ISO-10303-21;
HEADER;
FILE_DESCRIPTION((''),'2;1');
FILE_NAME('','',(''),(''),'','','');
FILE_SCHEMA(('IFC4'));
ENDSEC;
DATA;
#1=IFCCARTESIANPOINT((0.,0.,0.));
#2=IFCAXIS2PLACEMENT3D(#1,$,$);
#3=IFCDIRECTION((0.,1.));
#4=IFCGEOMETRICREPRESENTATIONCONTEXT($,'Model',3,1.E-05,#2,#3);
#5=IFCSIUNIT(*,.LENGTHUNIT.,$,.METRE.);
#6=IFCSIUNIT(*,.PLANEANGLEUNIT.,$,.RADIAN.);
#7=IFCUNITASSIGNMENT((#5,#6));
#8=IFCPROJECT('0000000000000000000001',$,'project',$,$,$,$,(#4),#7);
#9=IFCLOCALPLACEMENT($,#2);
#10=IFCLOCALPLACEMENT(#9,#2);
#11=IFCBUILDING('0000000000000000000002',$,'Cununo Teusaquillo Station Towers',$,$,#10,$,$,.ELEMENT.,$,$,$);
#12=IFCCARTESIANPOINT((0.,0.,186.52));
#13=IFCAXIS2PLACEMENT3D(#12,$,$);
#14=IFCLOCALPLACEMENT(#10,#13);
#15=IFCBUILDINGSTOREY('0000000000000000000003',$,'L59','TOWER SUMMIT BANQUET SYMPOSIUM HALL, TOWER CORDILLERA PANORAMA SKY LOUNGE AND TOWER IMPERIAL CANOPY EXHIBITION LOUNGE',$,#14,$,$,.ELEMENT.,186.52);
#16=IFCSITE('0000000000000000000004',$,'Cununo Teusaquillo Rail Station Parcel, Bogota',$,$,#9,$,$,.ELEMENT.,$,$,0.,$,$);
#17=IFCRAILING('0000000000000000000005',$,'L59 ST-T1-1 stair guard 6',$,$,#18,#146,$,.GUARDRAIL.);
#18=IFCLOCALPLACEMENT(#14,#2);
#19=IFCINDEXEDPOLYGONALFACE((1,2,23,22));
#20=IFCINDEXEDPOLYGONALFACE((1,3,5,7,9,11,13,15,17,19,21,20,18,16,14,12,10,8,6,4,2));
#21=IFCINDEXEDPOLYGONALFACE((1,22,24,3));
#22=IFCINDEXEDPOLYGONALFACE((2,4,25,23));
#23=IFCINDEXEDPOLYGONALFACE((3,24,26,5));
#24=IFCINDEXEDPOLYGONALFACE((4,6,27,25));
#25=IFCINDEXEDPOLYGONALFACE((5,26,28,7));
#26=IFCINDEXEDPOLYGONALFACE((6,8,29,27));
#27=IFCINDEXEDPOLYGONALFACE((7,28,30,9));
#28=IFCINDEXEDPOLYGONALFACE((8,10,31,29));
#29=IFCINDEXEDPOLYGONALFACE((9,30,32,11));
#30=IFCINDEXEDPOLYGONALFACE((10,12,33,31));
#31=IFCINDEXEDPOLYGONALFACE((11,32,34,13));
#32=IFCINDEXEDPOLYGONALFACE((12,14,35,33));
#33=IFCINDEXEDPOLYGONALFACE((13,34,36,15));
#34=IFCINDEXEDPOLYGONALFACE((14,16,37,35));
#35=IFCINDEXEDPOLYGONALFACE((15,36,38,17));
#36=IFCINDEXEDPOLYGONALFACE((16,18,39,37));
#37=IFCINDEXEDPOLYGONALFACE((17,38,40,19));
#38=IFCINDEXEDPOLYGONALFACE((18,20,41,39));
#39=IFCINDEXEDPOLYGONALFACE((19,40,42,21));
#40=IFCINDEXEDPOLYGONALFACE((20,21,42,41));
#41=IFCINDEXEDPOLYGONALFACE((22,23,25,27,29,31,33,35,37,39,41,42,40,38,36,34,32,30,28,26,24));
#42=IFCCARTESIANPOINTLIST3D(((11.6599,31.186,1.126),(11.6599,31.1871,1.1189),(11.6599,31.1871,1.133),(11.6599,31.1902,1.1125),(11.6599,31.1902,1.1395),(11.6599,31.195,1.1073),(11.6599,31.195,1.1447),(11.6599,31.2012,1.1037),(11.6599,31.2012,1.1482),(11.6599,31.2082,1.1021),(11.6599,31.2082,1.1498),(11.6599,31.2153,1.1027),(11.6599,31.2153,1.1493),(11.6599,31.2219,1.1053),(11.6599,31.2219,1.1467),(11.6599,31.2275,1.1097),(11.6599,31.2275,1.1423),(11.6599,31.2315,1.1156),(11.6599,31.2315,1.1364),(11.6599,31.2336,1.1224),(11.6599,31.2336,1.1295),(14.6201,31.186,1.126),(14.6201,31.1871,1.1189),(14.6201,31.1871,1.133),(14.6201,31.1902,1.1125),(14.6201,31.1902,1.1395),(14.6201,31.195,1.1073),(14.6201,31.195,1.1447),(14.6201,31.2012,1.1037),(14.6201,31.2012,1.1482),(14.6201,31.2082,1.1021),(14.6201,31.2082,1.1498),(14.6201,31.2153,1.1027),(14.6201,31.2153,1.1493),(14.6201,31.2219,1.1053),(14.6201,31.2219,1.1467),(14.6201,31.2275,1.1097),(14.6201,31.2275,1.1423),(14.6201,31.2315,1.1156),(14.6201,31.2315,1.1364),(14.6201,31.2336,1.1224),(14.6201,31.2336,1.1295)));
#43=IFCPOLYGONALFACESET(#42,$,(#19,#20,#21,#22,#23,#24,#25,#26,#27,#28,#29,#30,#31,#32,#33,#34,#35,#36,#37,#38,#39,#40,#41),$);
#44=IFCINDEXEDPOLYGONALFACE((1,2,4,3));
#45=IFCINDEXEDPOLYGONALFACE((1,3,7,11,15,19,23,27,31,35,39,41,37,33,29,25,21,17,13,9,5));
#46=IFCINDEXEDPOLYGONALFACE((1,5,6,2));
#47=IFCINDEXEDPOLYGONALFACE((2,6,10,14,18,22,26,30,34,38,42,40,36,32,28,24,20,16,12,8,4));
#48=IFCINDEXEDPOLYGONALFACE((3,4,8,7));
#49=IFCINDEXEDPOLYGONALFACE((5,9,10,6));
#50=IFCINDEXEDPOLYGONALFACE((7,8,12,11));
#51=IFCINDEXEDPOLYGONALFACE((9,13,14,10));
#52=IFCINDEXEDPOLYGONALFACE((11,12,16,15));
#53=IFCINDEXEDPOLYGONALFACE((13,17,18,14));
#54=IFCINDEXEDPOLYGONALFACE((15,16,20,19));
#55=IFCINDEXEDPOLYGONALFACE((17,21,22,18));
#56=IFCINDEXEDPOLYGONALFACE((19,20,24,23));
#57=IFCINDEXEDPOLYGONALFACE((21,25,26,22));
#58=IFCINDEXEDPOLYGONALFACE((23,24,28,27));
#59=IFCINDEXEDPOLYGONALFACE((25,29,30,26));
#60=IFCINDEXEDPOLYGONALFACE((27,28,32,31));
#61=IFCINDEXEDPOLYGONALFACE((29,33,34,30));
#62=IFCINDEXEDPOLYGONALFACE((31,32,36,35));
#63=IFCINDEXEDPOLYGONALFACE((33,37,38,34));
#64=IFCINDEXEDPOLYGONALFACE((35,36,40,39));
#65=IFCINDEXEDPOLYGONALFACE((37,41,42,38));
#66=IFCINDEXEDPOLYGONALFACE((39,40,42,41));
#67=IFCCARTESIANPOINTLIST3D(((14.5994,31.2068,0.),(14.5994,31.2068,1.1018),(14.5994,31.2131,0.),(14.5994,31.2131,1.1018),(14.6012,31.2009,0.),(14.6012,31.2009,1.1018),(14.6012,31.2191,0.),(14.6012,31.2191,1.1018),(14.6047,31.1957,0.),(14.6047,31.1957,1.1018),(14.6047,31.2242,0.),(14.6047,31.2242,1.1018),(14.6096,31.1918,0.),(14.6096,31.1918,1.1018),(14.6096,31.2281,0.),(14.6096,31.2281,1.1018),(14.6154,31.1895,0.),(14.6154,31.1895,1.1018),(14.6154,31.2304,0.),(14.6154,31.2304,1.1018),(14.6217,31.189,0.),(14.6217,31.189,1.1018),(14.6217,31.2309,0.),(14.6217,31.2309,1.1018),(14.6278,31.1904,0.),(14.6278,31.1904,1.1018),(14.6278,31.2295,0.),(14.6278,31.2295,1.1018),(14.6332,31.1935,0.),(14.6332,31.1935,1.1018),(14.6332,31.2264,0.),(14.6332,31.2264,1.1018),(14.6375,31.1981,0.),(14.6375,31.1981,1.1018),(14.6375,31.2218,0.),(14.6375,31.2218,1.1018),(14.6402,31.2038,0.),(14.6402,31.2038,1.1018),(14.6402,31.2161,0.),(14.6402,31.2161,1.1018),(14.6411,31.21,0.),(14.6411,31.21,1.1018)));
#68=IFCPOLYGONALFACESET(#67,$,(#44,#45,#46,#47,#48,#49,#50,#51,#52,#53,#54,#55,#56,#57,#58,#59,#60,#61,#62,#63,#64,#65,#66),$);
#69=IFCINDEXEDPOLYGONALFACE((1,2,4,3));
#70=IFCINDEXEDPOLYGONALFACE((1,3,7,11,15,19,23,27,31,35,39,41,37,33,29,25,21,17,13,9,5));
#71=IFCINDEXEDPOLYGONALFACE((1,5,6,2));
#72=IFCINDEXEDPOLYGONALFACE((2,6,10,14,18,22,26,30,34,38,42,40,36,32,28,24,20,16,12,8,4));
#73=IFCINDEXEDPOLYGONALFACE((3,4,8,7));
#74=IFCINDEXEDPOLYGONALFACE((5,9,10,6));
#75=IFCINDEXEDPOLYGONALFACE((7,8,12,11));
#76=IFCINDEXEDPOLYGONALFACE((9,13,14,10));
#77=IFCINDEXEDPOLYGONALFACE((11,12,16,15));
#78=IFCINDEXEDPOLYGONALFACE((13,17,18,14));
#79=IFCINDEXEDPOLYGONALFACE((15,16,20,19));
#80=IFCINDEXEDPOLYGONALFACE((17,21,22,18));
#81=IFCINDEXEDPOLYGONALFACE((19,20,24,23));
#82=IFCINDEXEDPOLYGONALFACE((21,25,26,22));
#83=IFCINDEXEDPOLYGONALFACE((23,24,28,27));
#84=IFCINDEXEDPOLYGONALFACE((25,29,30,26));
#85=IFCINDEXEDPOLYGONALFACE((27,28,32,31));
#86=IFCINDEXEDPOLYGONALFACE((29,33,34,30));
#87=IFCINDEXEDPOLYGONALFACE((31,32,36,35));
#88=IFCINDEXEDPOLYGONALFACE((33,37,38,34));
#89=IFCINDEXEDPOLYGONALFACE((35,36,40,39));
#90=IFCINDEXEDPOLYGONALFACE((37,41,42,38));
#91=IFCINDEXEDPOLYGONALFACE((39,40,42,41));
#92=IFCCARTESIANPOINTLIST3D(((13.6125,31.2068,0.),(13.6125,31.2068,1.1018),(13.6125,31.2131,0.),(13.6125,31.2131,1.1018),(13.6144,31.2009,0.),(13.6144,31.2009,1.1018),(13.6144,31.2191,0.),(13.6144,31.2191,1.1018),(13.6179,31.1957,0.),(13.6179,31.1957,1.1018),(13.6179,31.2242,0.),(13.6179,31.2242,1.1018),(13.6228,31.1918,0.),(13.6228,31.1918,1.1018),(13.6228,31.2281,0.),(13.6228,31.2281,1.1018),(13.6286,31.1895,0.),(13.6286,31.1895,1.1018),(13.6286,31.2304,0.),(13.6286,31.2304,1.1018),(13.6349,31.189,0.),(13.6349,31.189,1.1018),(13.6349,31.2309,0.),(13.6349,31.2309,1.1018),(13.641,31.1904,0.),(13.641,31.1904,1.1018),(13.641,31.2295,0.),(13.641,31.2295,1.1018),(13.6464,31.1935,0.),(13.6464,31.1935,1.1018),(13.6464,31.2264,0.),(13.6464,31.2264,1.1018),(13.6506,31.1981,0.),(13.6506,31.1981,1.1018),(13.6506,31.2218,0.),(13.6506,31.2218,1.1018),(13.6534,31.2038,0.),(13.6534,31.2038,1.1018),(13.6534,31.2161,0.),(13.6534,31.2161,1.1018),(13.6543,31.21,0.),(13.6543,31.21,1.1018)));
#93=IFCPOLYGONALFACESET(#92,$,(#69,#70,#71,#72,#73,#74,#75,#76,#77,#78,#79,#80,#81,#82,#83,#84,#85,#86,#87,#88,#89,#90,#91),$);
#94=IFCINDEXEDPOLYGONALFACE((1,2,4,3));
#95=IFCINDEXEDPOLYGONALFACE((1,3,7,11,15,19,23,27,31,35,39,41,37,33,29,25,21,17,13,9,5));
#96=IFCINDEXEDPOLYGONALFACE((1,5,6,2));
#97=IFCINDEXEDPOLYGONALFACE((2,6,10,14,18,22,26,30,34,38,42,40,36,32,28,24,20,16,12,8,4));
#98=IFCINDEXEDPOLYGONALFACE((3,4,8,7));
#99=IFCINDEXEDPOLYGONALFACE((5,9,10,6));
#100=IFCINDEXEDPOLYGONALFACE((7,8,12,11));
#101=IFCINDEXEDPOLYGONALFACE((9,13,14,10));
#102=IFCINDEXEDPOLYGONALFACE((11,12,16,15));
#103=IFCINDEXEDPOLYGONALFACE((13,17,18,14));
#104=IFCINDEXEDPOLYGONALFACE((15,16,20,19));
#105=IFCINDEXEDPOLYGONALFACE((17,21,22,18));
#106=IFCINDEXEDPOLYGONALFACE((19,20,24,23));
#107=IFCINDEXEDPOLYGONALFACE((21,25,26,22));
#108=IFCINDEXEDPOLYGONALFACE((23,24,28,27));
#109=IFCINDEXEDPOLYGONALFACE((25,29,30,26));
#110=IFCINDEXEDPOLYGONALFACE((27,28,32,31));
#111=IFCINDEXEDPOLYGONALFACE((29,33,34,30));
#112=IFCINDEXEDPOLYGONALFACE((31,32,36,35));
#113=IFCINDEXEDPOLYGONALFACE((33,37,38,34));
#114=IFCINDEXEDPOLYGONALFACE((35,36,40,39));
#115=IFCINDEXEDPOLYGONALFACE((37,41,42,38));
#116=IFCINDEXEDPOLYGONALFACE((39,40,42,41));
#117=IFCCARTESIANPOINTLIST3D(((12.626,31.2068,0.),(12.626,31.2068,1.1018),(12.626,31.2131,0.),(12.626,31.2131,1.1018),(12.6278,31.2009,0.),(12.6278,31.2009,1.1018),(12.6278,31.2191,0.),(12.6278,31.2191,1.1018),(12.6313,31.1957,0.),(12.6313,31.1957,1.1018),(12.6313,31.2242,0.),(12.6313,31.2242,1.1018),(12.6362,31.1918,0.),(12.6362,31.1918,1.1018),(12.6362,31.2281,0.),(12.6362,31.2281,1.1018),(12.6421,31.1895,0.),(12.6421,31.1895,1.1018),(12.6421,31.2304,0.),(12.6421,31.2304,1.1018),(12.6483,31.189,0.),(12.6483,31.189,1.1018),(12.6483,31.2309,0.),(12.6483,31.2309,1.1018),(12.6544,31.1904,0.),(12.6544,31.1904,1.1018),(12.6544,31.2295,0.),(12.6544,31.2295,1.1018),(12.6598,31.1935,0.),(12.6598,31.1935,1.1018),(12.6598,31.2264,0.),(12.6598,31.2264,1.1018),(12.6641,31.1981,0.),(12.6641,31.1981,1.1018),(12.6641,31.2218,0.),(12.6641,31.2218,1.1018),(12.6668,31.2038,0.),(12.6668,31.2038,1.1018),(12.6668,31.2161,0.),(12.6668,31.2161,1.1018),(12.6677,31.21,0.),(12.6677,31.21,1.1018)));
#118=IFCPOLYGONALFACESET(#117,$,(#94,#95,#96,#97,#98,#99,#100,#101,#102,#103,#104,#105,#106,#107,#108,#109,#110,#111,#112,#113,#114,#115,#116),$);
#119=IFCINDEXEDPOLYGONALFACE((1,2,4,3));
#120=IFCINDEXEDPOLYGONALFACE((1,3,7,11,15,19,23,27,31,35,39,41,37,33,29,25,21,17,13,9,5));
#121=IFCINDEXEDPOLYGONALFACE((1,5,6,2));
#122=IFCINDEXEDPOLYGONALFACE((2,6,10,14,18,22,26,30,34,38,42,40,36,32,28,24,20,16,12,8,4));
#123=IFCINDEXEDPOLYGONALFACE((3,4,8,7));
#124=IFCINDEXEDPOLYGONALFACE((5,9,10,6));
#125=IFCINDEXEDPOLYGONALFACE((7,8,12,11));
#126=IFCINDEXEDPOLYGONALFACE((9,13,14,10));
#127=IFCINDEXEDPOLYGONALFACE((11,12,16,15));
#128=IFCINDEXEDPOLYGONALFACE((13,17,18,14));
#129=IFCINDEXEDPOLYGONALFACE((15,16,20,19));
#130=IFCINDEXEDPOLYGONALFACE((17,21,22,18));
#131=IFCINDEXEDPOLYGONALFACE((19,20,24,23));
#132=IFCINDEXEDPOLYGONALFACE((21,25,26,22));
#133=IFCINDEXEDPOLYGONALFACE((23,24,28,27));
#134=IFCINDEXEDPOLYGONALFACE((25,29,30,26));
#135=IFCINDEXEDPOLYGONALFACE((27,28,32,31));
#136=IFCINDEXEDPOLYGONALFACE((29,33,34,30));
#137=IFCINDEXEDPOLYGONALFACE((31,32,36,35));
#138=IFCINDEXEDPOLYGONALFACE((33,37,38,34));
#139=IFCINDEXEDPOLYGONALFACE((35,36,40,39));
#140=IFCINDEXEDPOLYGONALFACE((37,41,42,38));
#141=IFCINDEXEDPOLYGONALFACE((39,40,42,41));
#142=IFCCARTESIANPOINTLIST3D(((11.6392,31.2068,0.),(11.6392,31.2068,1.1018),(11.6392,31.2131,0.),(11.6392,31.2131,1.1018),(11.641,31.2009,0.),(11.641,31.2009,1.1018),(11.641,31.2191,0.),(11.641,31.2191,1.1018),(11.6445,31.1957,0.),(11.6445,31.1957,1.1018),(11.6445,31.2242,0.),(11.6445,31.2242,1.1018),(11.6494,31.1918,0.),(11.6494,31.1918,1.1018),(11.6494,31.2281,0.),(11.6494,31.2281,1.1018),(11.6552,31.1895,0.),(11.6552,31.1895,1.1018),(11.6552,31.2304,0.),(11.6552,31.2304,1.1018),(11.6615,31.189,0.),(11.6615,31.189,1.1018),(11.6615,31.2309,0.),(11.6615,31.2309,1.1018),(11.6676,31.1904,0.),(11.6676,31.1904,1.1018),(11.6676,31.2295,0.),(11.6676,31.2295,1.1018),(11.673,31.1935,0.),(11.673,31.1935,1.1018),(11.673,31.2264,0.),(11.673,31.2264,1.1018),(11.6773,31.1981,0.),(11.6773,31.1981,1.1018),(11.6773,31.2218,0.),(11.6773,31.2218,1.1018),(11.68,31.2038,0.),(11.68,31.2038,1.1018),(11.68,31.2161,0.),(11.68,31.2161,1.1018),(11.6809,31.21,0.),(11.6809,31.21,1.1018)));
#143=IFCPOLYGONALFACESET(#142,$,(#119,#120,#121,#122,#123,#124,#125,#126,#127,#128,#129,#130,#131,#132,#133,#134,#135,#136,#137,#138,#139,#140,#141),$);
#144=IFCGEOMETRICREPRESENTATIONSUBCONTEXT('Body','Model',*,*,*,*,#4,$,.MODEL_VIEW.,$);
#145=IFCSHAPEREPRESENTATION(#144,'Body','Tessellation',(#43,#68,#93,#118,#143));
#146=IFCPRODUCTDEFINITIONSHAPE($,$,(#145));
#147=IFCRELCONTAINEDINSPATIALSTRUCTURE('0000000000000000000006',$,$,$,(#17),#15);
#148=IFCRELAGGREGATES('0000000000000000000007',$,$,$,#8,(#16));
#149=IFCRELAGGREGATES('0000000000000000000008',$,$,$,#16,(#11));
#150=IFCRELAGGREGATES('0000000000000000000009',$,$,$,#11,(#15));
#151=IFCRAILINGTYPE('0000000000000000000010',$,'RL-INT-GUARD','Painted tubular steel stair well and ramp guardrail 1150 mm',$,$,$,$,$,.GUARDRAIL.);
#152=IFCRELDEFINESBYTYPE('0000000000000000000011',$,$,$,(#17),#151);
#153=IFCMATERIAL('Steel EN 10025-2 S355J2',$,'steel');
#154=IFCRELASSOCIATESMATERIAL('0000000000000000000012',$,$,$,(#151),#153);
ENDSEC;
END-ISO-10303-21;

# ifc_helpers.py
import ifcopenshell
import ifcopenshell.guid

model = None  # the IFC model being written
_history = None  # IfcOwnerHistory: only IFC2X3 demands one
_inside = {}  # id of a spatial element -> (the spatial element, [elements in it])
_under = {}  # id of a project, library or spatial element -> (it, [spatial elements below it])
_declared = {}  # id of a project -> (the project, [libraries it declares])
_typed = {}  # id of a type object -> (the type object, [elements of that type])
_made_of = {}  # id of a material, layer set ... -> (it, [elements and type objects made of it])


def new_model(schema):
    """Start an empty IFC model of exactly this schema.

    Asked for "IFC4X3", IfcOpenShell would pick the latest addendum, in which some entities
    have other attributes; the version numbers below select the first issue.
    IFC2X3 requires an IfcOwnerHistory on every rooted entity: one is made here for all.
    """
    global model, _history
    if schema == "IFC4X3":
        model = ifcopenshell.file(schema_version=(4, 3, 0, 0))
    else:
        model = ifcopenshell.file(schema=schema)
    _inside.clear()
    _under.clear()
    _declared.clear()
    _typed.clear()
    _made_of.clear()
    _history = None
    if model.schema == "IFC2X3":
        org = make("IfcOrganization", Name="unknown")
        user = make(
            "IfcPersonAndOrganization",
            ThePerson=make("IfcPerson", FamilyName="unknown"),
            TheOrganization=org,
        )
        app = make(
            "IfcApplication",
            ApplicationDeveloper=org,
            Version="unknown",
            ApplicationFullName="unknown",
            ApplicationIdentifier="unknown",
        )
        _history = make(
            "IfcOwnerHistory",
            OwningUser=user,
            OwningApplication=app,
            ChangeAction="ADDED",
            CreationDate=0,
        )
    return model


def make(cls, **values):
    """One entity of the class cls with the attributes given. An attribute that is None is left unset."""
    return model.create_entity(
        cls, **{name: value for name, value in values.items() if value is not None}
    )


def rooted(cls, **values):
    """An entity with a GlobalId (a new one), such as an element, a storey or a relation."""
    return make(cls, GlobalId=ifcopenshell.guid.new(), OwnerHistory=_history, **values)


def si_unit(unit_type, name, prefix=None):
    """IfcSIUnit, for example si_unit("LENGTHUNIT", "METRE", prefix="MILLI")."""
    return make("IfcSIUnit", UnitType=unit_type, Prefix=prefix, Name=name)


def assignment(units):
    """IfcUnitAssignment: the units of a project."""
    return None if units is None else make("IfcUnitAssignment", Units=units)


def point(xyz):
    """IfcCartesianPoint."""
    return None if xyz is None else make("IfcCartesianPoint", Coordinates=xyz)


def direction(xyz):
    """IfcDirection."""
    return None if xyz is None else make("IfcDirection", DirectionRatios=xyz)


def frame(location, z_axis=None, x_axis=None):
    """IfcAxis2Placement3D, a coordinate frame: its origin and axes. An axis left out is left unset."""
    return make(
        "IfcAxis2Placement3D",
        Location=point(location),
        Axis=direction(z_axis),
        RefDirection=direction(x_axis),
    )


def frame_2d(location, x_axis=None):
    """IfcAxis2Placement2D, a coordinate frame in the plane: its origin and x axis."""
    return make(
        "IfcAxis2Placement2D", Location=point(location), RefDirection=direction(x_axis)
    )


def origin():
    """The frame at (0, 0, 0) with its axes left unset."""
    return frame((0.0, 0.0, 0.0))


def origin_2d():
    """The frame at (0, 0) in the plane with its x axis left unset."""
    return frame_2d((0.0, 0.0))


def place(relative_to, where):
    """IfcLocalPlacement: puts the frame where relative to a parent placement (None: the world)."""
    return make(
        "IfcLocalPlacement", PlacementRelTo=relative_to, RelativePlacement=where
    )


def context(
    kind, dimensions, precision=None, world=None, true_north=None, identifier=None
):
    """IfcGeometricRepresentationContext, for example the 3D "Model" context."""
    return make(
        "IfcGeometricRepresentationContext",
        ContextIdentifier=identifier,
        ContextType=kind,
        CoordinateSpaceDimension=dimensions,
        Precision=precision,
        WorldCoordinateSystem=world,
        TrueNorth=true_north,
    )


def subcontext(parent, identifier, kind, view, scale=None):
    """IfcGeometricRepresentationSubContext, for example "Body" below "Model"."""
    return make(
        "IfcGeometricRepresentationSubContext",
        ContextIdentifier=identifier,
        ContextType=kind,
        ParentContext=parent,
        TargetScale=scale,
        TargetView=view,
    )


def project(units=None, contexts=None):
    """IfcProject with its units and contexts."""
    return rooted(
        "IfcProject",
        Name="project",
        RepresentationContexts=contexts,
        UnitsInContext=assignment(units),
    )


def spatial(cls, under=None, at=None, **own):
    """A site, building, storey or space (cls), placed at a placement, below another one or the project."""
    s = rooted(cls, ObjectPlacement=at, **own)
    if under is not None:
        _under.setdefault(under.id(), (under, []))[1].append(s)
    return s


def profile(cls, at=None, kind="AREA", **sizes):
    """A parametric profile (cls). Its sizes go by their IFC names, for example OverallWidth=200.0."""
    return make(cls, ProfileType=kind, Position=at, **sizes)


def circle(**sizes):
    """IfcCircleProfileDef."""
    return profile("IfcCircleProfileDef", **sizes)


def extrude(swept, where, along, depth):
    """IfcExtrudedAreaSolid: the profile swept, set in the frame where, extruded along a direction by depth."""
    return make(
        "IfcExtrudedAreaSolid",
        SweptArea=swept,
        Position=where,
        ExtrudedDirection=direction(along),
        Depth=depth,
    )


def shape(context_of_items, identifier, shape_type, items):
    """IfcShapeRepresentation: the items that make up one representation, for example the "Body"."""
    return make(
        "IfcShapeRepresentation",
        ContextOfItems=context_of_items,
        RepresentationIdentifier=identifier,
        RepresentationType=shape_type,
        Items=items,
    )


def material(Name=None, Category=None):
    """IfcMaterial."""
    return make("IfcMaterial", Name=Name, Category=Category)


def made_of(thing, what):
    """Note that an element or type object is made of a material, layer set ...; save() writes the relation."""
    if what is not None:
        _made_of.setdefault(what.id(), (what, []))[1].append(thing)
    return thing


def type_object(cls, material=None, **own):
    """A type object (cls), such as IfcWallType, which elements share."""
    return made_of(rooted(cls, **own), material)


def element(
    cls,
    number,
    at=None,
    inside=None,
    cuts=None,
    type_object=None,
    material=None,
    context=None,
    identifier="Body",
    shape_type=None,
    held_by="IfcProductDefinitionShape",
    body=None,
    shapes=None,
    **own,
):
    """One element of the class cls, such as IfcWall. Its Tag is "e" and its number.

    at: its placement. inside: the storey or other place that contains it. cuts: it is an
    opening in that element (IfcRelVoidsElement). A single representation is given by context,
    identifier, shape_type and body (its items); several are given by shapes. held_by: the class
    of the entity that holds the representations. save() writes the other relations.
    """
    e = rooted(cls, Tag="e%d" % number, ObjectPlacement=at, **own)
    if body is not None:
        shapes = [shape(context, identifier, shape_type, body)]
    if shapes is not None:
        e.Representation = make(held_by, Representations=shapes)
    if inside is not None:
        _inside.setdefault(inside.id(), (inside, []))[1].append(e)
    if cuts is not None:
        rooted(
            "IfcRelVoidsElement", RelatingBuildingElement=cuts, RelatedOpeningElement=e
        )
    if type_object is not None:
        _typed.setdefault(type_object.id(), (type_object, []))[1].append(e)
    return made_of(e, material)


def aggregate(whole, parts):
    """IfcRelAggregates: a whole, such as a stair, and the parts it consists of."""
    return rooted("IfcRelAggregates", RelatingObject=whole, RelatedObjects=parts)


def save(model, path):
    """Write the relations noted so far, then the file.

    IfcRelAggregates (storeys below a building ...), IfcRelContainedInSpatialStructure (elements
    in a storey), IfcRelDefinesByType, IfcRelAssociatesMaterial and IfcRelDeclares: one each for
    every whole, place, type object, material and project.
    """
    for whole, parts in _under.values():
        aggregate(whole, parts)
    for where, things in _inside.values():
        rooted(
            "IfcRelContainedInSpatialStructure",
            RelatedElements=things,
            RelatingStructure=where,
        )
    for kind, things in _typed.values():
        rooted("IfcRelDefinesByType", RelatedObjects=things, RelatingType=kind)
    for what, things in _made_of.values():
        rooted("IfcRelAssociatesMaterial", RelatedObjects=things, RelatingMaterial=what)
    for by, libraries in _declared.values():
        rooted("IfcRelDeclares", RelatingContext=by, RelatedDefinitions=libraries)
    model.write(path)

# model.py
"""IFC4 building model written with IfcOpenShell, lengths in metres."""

from ifc_helpers import new_model, si_unit, direction, frame, origin, origin_2d, place, context, subcontext, project, spatial, circle, extrude, material, type_object, element, save


model = new_model("IFC4")

# Units and contexts
model_context = context("Model", 3, precision=1e-05, world=origin(), true_north=direction((0.0, 1.0)))
body_context = subcontext(model_context, "Body", "Model", "MODEL_VIEW")
ifc_project = project(units=[si_unit("LENGTHUNIT", "METRE"), si_unit("PLANEANGLEUNIT", "RADIAN")], contexts=[model_context])

# Site, building, storey
site_placement = place(None, origin())
site = spatial("IfcSite", under=ifc_project, at=site_placement, Name="Cununo Teusaquillo Rail Station Parcel, Bogota", CompositionType="ELEMENT", RefElevation=0.0)
building_placement = place(site_placement, origin())
building = spatial("IfcBuilding", under=site, at=building_placement, Name="Cununo Teusaquillo Station Towers", CompositionType="ELEMENT")
storey_placement = place(building_placement, frame((0.0, 0.0, 186.52)))
storey = spatial("IfcBuildingStorey", under=building, at=storey_placement, Name="L59", Description="TOWER SUMMIT BANQUET SYMPOSIUM HALL, TOWER CORDILLERA PANORAMA SKY LOUNGE AND TOWER IMPERIAL CANOPY EXHIBITION LOUNGE", CompositionType="ELEMENT", Elevation=186.52)

# Railing
ifc_material_1 = material(Name="Steel EN 10025-2 S355J2", Category="steel")
railing_type = type_object("IfcRailingType", Name="RL-INT-GUARD", Description="Painted tubular steel stair well and ramp guardrail 1150 mm", PredefinedType="GUARDRAIL", material=ifc_material_1)
railing_placement = place(storey_placement, frame((14.6201, 31.21, 0.0)))
element("IfcRailing", 1, at=railing_placement, inside=storey, type_object=railing_type, Name="L59 ST-T1-1 stair guard 6", PredefinedType="GUARDRAIL", context=body_context, shape_type="SweptSolid", body=[
    extrude(circle(Radius=0.0239, at=origin_2d()), frame((0.0, 0.0, 1.126), z_axis=(-1.0, 0.0, 0.0), x_axis=(0.0, -1.0, 0.0)), (0.0, 0.0, 1.0), 2.9602),
    extrude(circle(Radius=0.021, at=origin_2d()), origin(), (0.0, 0.0, 1.0), 1.1018),
    extrude(circle(Radius=0.021, at=origin_2d()), frame((-0.9868, 0.0, 0.0)), (0.0, 0.0, 1.0), 1.1018),
    extrude(circle(Radius=0.021, at=origin_2d()), frame((-1.9734, 0.0, 0.0)), (0.0, 0.0, 1.0), 1.1018),
    extrude(circle(Radius=0.021, at=origin_2d()), frame((-2.9602, 0.0, 0.0)), (0.0, 0.0, 1.0), 1.1018),
])

save(model, "model.ifc")
